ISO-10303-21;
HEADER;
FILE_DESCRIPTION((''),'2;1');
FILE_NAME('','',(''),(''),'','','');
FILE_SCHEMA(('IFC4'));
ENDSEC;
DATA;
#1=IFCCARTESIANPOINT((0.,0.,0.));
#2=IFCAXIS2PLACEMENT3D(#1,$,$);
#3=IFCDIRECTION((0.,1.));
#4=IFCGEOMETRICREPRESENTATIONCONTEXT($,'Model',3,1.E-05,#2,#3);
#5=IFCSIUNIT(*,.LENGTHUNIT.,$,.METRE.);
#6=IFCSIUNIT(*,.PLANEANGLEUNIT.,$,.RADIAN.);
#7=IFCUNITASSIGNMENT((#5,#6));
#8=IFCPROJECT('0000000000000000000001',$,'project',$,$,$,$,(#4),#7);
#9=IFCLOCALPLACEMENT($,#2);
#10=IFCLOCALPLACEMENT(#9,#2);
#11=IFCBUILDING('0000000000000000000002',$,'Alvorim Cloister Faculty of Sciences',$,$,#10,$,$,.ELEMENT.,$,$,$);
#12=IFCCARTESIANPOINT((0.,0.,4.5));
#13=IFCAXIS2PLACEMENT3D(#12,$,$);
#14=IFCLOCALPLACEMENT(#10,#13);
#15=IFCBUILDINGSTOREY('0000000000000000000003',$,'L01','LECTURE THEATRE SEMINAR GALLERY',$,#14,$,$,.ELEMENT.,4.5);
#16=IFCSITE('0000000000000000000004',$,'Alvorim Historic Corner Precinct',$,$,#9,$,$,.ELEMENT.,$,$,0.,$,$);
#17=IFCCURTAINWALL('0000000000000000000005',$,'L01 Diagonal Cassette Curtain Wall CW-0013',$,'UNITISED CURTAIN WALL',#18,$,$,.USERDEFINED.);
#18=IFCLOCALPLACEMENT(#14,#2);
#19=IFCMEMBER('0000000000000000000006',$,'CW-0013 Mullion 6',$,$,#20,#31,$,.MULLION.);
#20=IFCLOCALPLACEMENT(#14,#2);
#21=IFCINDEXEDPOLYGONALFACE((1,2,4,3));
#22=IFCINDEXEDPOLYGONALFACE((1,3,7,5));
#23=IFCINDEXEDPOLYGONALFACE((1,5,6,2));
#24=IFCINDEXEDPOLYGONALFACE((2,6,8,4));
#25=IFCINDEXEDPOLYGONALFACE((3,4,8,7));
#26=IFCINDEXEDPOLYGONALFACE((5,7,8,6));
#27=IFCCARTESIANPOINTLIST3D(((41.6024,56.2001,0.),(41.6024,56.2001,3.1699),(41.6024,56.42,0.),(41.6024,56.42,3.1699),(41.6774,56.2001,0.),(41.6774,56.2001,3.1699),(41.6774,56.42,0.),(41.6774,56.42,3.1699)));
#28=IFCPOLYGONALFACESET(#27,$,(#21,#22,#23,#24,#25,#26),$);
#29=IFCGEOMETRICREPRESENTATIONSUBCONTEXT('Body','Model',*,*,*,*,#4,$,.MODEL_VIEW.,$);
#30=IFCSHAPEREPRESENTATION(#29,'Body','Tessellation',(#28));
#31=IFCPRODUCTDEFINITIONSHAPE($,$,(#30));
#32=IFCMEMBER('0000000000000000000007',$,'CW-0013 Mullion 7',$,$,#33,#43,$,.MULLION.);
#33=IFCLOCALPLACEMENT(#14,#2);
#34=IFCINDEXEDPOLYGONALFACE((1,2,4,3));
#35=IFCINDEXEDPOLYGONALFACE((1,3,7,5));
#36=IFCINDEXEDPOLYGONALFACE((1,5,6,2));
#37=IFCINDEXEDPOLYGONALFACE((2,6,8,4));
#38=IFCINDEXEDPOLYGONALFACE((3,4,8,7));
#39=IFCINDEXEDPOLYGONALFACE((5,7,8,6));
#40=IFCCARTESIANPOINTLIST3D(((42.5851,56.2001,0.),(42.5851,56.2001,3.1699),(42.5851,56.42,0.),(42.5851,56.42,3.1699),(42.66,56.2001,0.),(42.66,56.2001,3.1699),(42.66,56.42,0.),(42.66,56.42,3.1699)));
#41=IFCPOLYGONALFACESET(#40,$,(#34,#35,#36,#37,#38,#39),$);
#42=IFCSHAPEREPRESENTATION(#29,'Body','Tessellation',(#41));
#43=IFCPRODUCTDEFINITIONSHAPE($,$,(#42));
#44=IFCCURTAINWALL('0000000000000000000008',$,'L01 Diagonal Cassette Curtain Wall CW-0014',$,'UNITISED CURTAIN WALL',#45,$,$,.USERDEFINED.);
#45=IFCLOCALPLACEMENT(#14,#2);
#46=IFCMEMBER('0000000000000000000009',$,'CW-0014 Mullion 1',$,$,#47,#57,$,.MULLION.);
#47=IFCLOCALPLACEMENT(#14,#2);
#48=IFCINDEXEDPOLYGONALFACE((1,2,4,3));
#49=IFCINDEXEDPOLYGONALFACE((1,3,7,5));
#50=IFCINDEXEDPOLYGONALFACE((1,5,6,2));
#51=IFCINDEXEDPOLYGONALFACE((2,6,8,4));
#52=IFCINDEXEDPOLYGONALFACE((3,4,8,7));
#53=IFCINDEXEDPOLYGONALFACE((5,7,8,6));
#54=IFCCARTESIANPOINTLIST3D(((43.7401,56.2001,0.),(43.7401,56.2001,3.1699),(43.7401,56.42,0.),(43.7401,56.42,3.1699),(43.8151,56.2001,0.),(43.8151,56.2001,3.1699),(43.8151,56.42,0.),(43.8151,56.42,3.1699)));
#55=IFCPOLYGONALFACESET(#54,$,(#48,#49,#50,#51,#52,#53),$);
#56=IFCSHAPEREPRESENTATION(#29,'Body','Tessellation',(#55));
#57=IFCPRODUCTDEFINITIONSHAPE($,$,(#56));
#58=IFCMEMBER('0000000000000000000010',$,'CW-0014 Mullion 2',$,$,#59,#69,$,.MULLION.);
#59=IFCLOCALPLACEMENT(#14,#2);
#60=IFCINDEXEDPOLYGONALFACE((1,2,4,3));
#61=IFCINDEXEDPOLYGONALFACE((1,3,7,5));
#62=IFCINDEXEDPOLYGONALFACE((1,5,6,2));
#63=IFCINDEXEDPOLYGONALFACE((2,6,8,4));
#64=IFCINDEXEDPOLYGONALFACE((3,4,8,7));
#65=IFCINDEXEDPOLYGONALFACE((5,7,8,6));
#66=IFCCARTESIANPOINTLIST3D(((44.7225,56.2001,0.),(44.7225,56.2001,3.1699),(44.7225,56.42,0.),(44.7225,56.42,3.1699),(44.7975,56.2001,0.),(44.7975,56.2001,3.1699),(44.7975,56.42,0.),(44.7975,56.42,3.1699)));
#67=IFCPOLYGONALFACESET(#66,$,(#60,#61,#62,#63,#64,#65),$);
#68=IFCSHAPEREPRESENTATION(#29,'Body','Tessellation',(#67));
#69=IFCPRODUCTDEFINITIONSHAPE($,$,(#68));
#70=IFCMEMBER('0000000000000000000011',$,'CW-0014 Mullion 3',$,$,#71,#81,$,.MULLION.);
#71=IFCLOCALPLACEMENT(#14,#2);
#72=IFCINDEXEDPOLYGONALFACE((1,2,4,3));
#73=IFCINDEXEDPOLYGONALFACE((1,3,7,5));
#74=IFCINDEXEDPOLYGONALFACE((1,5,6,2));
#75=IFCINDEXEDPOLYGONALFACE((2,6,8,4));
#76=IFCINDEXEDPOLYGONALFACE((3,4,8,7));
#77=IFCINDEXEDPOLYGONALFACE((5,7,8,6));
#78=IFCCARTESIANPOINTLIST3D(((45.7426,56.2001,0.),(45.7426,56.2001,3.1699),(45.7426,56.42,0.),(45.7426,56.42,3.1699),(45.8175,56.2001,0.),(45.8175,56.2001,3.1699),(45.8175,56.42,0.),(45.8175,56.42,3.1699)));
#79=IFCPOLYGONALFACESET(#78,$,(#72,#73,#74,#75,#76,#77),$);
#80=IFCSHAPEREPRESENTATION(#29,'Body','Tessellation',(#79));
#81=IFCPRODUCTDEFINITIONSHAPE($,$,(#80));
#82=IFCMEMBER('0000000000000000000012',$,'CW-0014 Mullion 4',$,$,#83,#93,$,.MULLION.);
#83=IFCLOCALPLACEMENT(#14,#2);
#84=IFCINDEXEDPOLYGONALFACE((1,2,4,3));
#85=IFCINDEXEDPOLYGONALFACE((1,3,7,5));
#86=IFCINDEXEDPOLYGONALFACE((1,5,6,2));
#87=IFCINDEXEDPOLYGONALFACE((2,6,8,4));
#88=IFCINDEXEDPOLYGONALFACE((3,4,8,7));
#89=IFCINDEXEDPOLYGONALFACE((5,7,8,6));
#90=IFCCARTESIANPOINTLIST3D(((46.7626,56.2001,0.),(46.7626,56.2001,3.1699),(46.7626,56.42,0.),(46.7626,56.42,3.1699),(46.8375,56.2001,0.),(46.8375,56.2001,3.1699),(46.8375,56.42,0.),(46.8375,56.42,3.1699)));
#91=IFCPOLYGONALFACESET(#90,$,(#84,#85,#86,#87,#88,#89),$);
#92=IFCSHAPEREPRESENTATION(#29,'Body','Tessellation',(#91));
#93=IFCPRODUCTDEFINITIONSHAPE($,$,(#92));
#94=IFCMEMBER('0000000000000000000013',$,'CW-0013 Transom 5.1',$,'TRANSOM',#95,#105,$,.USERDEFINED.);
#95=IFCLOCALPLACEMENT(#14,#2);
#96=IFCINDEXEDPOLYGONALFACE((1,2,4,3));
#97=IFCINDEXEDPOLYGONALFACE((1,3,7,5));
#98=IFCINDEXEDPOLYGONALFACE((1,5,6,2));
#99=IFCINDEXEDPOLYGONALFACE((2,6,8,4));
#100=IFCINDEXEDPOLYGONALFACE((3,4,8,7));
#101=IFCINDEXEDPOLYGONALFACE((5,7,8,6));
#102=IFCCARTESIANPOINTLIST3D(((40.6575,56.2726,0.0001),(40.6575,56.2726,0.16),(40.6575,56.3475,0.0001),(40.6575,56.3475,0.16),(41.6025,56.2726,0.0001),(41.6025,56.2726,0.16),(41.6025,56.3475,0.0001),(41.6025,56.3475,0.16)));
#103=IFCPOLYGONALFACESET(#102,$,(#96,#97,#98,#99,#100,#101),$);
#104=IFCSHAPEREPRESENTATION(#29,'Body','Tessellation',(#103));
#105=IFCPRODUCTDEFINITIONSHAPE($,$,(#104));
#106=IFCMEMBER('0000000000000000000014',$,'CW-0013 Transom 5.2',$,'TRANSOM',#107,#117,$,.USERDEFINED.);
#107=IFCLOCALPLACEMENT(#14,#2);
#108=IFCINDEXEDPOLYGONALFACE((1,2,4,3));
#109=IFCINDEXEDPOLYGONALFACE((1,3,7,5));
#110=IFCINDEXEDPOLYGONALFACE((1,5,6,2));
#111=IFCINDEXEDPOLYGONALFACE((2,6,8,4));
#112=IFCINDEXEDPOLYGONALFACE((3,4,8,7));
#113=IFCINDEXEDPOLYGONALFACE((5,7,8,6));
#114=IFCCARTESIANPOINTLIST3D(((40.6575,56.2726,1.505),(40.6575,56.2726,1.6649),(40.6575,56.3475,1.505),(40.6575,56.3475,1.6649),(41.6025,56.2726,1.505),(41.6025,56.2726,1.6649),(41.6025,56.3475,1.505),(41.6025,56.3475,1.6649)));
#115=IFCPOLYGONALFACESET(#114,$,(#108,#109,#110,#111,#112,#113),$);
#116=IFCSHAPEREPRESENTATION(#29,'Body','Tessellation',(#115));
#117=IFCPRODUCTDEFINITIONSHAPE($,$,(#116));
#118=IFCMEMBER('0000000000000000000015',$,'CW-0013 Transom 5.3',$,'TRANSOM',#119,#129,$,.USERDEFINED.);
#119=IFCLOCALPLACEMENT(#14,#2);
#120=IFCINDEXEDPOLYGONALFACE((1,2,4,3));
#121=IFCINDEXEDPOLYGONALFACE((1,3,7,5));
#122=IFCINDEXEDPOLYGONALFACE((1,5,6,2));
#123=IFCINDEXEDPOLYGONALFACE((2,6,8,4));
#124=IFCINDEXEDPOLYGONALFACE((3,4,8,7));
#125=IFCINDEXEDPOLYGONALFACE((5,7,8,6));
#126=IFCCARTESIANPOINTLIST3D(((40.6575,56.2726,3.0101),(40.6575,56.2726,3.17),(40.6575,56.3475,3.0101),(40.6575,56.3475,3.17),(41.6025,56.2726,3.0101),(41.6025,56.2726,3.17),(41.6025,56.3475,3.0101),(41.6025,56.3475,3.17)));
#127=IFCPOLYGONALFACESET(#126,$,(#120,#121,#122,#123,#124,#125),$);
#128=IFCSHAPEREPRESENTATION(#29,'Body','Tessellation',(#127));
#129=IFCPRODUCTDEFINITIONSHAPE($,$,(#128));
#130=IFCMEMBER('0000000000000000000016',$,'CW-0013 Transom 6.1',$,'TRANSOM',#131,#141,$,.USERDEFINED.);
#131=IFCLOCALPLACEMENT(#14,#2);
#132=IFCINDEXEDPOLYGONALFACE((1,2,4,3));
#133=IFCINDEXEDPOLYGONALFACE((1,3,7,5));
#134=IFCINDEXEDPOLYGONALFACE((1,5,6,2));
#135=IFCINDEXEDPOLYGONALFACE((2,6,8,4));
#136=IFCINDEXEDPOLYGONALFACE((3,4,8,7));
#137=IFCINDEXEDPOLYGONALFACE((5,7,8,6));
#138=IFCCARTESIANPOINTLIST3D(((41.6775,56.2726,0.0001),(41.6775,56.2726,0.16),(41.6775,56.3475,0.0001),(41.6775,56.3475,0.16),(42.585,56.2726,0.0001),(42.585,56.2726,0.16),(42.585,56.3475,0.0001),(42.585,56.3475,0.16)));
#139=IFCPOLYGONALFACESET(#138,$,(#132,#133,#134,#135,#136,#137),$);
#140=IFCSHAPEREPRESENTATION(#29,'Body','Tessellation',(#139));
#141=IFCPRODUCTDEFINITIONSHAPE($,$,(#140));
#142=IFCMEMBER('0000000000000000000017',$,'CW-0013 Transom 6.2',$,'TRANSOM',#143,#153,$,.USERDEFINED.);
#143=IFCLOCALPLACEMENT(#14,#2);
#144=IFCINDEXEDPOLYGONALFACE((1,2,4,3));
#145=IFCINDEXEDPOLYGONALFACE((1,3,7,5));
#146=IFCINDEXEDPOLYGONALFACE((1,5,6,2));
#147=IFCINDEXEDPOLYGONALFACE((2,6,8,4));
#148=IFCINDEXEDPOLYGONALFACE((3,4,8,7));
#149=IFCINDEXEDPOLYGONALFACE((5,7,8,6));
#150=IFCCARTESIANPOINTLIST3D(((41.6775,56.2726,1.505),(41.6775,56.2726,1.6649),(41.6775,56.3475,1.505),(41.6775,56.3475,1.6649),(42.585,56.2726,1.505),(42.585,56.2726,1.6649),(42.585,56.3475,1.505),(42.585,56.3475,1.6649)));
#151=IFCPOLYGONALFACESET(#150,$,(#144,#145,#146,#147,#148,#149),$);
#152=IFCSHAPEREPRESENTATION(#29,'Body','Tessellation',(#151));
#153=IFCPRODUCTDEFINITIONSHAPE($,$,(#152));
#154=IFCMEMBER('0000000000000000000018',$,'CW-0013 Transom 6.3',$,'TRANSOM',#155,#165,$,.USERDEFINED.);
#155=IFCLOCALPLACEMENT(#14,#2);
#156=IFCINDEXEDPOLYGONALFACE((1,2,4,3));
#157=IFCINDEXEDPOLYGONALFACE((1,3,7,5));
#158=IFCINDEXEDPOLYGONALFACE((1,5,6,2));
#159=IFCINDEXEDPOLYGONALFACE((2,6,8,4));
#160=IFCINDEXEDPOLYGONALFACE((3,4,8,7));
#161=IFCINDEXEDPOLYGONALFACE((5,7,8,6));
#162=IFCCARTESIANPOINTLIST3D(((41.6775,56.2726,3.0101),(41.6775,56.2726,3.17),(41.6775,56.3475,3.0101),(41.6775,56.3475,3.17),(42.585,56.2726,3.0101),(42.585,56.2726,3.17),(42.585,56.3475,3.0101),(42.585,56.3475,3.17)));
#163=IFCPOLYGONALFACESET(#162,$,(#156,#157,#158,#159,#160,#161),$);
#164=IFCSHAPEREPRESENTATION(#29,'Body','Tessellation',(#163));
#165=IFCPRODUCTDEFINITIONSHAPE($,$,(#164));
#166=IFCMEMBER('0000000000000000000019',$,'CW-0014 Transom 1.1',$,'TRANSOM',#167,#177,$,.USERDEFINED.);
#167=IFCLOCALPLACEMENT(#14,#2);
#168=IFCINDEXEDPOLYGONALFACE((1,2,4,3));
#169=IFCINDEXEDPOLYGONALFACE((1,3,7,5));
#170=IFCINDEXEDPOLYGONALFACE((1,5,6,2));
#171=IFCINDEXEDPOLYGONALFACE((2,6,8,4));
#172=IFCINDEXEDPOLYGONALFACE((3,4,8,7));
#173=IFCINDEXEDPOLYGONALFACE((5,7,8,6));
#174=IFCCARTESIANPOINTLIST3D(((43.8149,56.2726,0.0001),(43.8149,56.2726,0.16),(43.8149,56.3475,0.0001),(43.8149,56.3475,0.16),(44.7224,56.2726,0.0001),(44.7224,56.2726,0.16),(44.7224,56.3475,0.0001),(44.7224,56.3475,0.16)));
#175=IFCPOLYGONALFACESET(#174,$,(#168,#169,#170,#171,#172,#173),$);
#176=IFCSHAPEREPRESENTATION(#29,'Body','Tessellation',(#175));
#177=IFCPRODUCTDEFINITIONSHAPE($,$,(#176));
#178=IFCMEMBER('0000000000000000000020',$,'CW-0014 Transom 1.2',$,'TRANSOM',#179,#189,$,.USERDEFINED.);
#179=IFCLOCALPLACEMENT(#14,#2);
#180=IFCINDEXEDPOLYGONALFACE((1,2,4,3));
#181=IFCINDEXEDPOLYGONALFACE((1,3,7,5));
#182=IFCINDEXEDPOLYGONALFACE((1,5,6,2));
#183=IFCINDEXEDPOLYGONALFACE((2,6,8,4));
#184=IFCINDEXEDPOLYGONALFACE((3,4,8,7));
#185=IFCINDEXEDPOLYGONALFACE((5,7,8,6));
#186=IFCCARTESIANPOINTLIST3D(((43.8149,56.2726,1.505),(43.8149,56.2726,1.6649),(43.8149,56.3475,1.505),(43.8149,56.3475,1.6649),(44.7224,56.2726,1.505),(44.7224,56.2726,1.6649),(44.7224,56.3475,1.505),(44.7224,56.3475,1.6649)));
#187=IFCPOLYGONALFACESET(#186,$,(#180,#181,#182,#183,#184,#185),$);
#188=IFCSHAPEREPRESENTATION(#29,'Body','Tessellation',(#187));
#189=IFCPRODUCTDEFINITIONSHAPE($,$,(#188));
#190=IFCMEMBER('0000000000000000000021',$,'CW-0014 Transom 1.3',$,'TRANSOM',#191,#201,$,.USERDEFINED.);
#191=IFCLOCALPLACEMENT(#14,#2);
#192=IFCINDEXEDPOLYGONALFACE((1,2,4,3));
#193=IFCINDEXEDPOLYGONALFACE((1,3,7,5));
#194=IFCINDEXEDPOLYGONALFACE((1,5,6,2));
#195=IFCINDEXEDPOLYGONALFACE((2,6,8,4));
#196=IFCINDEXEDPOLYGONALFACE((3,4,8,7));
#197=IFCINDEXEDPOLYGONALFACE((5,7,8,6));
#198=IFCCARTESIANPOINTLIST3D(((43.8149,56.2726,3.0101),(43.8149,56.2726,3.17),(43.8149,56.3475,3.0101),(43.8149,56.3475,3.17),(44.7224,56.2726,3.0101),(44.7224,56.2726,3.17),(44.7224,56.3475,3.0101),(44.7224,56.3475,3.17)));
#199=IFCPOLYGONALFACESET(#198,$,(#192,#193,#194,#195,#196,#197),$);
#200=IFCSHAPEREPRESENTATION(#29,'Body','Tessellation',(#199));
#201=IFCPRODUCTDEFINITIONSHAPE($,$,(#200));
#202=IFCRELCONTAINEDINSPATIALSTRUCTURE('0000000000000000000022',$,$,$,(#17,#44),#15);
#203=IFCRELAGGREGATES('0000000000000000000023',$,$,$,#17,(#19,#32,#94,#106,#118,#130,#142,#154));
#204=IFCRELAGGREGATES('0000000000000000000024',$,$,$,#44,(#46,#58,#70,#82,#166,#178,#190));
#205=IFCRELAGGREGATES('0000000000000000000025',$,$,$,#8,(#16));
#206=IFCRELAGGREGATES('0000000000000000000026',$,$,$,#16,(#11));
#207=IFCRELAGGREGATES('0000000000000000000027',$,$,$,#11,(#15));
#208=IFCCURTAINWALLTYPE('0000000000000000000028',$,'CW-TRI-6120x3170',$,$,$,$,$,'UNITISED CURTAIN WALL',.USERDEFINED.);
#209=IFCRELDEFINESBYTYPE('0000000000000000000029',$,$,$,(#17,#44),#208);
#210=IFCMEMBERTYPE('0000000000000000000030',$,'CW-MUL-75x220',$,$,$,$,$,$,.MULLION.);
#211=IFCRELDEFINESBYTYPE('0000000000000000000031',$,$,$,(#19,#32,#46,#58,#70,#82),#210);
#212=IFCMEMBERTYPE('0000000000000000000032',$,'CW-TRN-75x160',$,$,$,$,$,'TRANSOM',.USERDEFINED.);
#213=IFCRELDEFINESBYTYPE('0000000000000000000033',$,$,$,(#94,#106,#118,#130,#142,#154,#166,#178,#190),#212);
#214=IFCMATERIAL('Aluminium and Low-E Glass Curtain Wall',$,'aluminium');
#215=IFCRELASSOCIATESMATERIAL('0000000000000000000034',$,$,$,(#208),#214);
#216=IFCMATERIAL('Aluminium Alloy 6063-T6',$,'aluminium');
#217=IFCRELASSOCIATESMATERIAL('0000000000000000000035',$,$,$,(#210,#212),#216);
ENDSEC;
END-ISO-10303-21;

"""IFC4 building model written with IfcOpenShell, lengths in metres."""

from ifc_helpers import new_model, si_unit, direction, frame, origin, origin_2d, place, context, subcontext, project, spatial, rectangle, extrude, material, material_profile, profile_set, type_object, element, aggregate, save


model = new_model("IFC4")

# Units and contexts
model_context = context("Model", 3, precision=1e-05, world=origin(), true_north=direction((0.0, 1.0)))
body_context = subcontext(model_context, "Body", "Model", "MODEL_VIEW")
ifc_project = project(units=[si_unit("LENGTHUNIT", "METRE"), si_unit("PLANEANGLEUNIT", "RADIAN")], contexts=[model_context])

# Site, building, storey
site_placement = place(None, origin())
site = spatial("IfcSite", under=ifc_project, at=site_placement, Name="Alvorim Historic Corner Precinct", CompositionType="ELEMENT", RefElevation=0.0)
building_placement = place(site_placement, origin())
building = spatial("IfcBuilding", under=site, at=building_placement, Name="Alvorim Cloister Faculty of Sciences", CompositionType="ELEMENT")
storey_placement = place(building_placement, frame((0.0, 0.0, 4.5)))
storey = spatial("IfcBuildingStorey", under=building, at=storey_placement, Name="L01", Description="LECTURE THEATRE SEMINAR GALLERY", CompositionType="ELEMENT", Elevation=4.5)

# Curtain walls, members
ifc_material_1 = material(Name="Aluminium and Low-E Glass Curtain Wall", Category="aluminium")
curtain_wall_type = type_object("IfcCurtainWallType", Name="CW-TRI-6120x3170", ElementType="UNITISED CURTAIN WALL", PredefinedType="USERDEFINED", material=ifc_material_1)
curtain_wall_1_placement = place(storey_placement, origin())
curtain_wall_1 = element("IfcCurtainWall", 1, at=curtain_wall_1_placement, inside=storey, type_object=curtain_wall_type, Name="L01 Diagonal Cassette Curtain Wall CW-0013", ObjectType="UNITISED CURTAIN WALL", PredefinedType="USERDEFINED")
ifc_material_2 = material(Name="Aluminium Alloy 6063-T6", Category="aluminium")
ifc_material_profile_1 = material_profile(ifc_material_2, rectangle(XDim=0.075, YDim=0.22, at=origin_2d()), Name="ALU-MUL-75x220")
ifc_profile_set_1 = profile_set([ifc_material_profile_1], Name="Aluminium Alloy 6063-T6")
member_type_1 = type_object("IfcMemberType", Name="CW-MUL-75x220", PredefinedType="MULLION", material=ifc_profile_set_1)
member_1_placement = place(storey_placement, frame((41.6399, 56.3101, 0.0), z_axis=(0.0, 0.0, 1.0), x_axis=(1.0, 0.0, 0.0)))
member_1 = element("IfcMember", 2, at=member_1_placement, type_object=member_type_1, Name="CW-0013 Mullion 6", PredefinedType="MULLION", context=body_context, shape_type="SweptSolid", body=[
    extrude(rectangle(XDim=0.075, YDim=0.22, at=origin_2d()), origin(), (0.0, 0.0, 1.0), 3.1699),
])
member_2_placement = place(storey_placement, frame((42.6226, 56.3101, 0.0), z_axis=(0.0, 0.0, 1.0), x_axis=(1.0, 0.0, 0.0)))
member_2 = element("IfcMember", 3, at=member_2_placement, type_object=member_type_1, Name="CW-0013 Mullion 7", PredefinedType="MULLION", context=body_context, shape_type="SweptSolid", body=[
    extrude(rectangle(XDim=0.075, YDim=0.22, at=origin_2d()), origin(), (0.0, 0.0, 1.0), 3.1699),
])
curtain_wall_2_placement = place(storey_placement, origin())
curtain_wall_2 = element("IfcCurtainWall", 4, at=curtain_wall_2_placement, inside=storey, type_object=curtain_wall_type, Name="L01 Diagonal Cassette Curtain Wall CW-0014", ObjectType="UNITISED CURTAIN WALL", PredefinedType="USERDEFINED")
member_3_placement = place(storey_placement, frame((43.7776, 56.3101, 0.0), z_axis=(0.0, 0.0, 1.0), x_axis=(1.0, 0.0, 0.0)))
member_3 = element("IfcMember", 5, at=member_3_placement, type_object=member_type_1, Name="CW-0014 Mullion 1", PredefinedType="MULLION", context=body_context, shape_type="SweptSolid", body=[
    extrude(rectangle(XDim=0.075, YDim=0.22, at=origin_2d()), origin(), (0.0, 0.0, 1.0), 3.1699),
])
member_4_placement = place(storey_placement, frame((44.76, 56.3101, 0.0), z_axis=(0.0, 0.0, 1.0), x_axis=(1.0, 0.0, 0.0)))
member_4 = element("IfcMember", 6, at=member_4_placement, type_object=member_type_1, Name="CW-0014 Mullion 2", PredefinedType="MULLION", context=body_context, shape_type="SweptSolid", body=[
    extrude(rectangle(XDim=0.075, YDim=0.22, at=origin_2d()), origin(), (0.0, 0.0, 1.0), 3.1699),
])
member_5_placement = place(storey_placement, frame((45.78, 56.3101, 0.0), z_axis=(0.0, 0.0, 1.0), x_axis=(1.0, 0.0, 0.0)))
member_5 = element("IfcMember", 7, at=member_5_placement, type_object=member_type_1, Name="CW-0014 Mullion 3", PredefinedType="MULLION", context=body_context, shape_type="SweptSolid", body=[
    extrude(rectangle(XDim=0.075, YDim=0.22, at=origin_2d()), origin(), (0.0, 0.0, 1.0), 3.1699),
])
member_6_placement = place(storey_placement, frame((46.8, 56.3101, 0.0), z_axis=(0.0, 0.0, 1.0), x_axis=(1.0, 0.0, 0.0)))
member_6 = element("IfcMember", 8, at=member_6_placement, type_object=member_type_1, Name="CW-0014 Mullion 4", PredefinedType="MULLION", context=body_context, shape_type="SweptSolid", body=[
    extrude(rectangle(XDim=0.075, YDim=0.22, at=origin_2d()), origin(), (0.0, 0.0, 1.0), 3.1699),
])

# Members
ifc_material_profile_2 = material_profile(ifc_material_2, rectangle(XDim=0.075, YDim=0.1599, at=origin_2d()), Name="ALU-TRN-75x160")
ifc_profile_set_2 = profile_set([ifc_material_profile_2], Name="Aluminium Alloy 6063-T6")
member_type_2 = type_object("IfcMemberType", Name="CW-TRN-75x160", ElementType="TRANSOM", PredefinedType="USERDEFINED", material=ifc_profile_set_2)
member_7_placement = place(storey_placement, frame((40.6575, 56.3101, 0.0801), z_axis=(1.0, 0.0, 0.0), x_axis=(0.0, 1.0, 0.0)))
member_7 = element("IfcMember", 9, at=member_7_placement, type_object=member_type_2, Name="CW-0013 Transom 5.1", ObjectType="TRANSOM", PredefinedType="USERDEFINED", context=body_context, shape_type="SweptSolid", body=[
    extrude(rectangle(XDim=0.075, YDim=0.1599, at=origin_2d()), origin(), (0.0, 0.0, 1.0), 0.9451),
])
member_8_placement = place(storey_placement, frame((40.6575, 56.3101, 1.585), z_axis=(1.0, 0.0, 0.0), x_axis=(0.0, 1.0, 0.0)))
member_8 = element("IfcMember", 10, at=member_8_placement, type_object=member_type_2, Name="CW-0013 Transom 5.2", ObjectType="TRANSOM", PredefinedType="USERDEFINED", context=body_context, shape_type="SweptSolid", body=[
    extrude(rectangle(XDim=0.075, YDim=0.1599, at=origin_2d()), origin(), (0.0, 0.0, 1.0), 0.9451),
])
member_9_placement = place(storey_placement, frame((40.6575, 56.3101, 3.0901), z_axis=(1.0, 0.0, 0.0), x_axis=(0.0, 1.0, 0.0)))
member_9 = element("IfcMember", 11, at=member_9_placement, type_object=member_type_2, Name="CW-0013 Transom 5.3", ObjectType="TRANSOM", PredefinedType="USERDEFINED", context=body_context, shape_type="SweptSolid", body=[
    extrude(rectangle(XDim=0.075, YDim=0.1599, at=origin_2d()), origin(), (0.0, 0.0, 1.0), 0.9451),
])
member_10_placement = place(storey_placement, frame((41.6775, 56.3101, 0.0801), z_axis=(1.0, 0.0, 0.0), x_axis=(0.0, 1.0, 0.0)))
member_10 = element("IfcMember", 12, at=member_10_placement, type_object=member_type_2, Name="CW-0013 Transom 6.1", ObjectType="TRANSOM", PredefinedType="USERDEFINED", context=body_context, shape_type="SweptSolid", body=[
    extrude(rectangle(XDim=0.075, YDim=0.1599, at=origin_2d()), origin(), (0.0, 0.0, 1.0), 0.9075),
])
member_11_placement = place(storey_placement, frame((41.6775, 56.3101, 1.585), z_axis=(1.0, 0.0, 0.0), x_axis=(0.0, 1.0, 0.0)))
member_11 = element("IfcMember", 13, at=member_11_placement, type_object=member_type_2, Name="CW-0013 Transom 6.2", ObjectType="TRANSOM", PredefinedType="USERDEFINED", context=body_context, shape_type="SweptSolid", body=[
    extrude(rectangle(XDim=0.075, YDim=0.1599, at=origin_2d()), origin(), (0.0, 0.0, 1.0), 0.9075),
])
member_12_placement = place(storey_placement, frame((41.6775, 56.3101, 3.0901), z_axis=(1.0, 0.0, 0.0), x_axis=(0.0, 1.0, 0.0)))
member_12 = element("IfcMember", 14, at=member_12_placement, type_object=member_type_2, Name="CW-0013 Transom 6.3", ObjectType="TRANSOM", PredefinedType="USERDEFINED", context=body_context, shape_type="SweptSolid", body=[
    extrude(rectangle(XDim=0.075, YDim=0.1599, at=origin_2d()), origin(), (0.0, 0.0, 1.0), 0.9075),
])
aggregate(curtain_wall_1, [member_1, member_2, member_7, member_8, member_9, member_10, member_11, member_12])
member_13_placement = place(storey_placement, frame((43.8149, 56.3101, 0.0801), z_axis=(1.0, 0.0, 0.0), x_axis=(0.0, 1.0, 0.0)))
member_13 = element("IfcMember", 15, at=member_13_placement, type_object=member_type_2, Name="CW-0014 Transom 1.1", ObjectType="TRANSOM", PredefinedType="USERDEFINED", context=body_context, shape_type="SweptSolid", body=[
    extrude(rectangle(XDim=0.075, YDim=0.1599, at=origin_2d()), origin(), (0.0, 0.0, 1.0), 0.9075),
])
member_14_placement = place(storey_placement, frame((43.8149, 56.3101, 1.585), z_axis=(1.0, 0.0, 0.0), x_axis=(0.0, 1.0, 0.0)))
member_14 = element("IfcMember", 16, at=member_14_placement, type_object=member_type_2, Name="CW-0014 Transom 1.2", ObjectType="TRANSOM", PredefinedType="USERDEFINED", context=body_context, shape_type="SweptSolid", body=[
    extrude(rectangle(XDim=0.075, YDim=0.1599, at=origin_2d()), origin(), (0.0, 0.0, 1.0), 0.9075),
])
member_15_placement = place(storey_placement, frame((43.8149, 56.3101, 3.0901), z_axis=(1.0, 0.0, 0.0), x_axis=(0.0, 1.0, 0.0)))
member_15 = element("IfcMember", 17, at=member_15_placement, type_object=member_type_2, Name="CW-0014 Transom 1.3", ObjectType="TRANSOM", PredefinedType="USERDEFINED", context=body_context, shape_type="SweptSolid", body=[
    extrude(rectangle(XDim=0.075, YDim=0.1599, at=origin_2d()), origin(), (0.0, 0.0, 1.0), 0.9075),
])
aggregate(curtain_wall_2, [member_3, member_4, member_5, member_6, member_13, member_14, member_15])

save(model, "model.ifc")
